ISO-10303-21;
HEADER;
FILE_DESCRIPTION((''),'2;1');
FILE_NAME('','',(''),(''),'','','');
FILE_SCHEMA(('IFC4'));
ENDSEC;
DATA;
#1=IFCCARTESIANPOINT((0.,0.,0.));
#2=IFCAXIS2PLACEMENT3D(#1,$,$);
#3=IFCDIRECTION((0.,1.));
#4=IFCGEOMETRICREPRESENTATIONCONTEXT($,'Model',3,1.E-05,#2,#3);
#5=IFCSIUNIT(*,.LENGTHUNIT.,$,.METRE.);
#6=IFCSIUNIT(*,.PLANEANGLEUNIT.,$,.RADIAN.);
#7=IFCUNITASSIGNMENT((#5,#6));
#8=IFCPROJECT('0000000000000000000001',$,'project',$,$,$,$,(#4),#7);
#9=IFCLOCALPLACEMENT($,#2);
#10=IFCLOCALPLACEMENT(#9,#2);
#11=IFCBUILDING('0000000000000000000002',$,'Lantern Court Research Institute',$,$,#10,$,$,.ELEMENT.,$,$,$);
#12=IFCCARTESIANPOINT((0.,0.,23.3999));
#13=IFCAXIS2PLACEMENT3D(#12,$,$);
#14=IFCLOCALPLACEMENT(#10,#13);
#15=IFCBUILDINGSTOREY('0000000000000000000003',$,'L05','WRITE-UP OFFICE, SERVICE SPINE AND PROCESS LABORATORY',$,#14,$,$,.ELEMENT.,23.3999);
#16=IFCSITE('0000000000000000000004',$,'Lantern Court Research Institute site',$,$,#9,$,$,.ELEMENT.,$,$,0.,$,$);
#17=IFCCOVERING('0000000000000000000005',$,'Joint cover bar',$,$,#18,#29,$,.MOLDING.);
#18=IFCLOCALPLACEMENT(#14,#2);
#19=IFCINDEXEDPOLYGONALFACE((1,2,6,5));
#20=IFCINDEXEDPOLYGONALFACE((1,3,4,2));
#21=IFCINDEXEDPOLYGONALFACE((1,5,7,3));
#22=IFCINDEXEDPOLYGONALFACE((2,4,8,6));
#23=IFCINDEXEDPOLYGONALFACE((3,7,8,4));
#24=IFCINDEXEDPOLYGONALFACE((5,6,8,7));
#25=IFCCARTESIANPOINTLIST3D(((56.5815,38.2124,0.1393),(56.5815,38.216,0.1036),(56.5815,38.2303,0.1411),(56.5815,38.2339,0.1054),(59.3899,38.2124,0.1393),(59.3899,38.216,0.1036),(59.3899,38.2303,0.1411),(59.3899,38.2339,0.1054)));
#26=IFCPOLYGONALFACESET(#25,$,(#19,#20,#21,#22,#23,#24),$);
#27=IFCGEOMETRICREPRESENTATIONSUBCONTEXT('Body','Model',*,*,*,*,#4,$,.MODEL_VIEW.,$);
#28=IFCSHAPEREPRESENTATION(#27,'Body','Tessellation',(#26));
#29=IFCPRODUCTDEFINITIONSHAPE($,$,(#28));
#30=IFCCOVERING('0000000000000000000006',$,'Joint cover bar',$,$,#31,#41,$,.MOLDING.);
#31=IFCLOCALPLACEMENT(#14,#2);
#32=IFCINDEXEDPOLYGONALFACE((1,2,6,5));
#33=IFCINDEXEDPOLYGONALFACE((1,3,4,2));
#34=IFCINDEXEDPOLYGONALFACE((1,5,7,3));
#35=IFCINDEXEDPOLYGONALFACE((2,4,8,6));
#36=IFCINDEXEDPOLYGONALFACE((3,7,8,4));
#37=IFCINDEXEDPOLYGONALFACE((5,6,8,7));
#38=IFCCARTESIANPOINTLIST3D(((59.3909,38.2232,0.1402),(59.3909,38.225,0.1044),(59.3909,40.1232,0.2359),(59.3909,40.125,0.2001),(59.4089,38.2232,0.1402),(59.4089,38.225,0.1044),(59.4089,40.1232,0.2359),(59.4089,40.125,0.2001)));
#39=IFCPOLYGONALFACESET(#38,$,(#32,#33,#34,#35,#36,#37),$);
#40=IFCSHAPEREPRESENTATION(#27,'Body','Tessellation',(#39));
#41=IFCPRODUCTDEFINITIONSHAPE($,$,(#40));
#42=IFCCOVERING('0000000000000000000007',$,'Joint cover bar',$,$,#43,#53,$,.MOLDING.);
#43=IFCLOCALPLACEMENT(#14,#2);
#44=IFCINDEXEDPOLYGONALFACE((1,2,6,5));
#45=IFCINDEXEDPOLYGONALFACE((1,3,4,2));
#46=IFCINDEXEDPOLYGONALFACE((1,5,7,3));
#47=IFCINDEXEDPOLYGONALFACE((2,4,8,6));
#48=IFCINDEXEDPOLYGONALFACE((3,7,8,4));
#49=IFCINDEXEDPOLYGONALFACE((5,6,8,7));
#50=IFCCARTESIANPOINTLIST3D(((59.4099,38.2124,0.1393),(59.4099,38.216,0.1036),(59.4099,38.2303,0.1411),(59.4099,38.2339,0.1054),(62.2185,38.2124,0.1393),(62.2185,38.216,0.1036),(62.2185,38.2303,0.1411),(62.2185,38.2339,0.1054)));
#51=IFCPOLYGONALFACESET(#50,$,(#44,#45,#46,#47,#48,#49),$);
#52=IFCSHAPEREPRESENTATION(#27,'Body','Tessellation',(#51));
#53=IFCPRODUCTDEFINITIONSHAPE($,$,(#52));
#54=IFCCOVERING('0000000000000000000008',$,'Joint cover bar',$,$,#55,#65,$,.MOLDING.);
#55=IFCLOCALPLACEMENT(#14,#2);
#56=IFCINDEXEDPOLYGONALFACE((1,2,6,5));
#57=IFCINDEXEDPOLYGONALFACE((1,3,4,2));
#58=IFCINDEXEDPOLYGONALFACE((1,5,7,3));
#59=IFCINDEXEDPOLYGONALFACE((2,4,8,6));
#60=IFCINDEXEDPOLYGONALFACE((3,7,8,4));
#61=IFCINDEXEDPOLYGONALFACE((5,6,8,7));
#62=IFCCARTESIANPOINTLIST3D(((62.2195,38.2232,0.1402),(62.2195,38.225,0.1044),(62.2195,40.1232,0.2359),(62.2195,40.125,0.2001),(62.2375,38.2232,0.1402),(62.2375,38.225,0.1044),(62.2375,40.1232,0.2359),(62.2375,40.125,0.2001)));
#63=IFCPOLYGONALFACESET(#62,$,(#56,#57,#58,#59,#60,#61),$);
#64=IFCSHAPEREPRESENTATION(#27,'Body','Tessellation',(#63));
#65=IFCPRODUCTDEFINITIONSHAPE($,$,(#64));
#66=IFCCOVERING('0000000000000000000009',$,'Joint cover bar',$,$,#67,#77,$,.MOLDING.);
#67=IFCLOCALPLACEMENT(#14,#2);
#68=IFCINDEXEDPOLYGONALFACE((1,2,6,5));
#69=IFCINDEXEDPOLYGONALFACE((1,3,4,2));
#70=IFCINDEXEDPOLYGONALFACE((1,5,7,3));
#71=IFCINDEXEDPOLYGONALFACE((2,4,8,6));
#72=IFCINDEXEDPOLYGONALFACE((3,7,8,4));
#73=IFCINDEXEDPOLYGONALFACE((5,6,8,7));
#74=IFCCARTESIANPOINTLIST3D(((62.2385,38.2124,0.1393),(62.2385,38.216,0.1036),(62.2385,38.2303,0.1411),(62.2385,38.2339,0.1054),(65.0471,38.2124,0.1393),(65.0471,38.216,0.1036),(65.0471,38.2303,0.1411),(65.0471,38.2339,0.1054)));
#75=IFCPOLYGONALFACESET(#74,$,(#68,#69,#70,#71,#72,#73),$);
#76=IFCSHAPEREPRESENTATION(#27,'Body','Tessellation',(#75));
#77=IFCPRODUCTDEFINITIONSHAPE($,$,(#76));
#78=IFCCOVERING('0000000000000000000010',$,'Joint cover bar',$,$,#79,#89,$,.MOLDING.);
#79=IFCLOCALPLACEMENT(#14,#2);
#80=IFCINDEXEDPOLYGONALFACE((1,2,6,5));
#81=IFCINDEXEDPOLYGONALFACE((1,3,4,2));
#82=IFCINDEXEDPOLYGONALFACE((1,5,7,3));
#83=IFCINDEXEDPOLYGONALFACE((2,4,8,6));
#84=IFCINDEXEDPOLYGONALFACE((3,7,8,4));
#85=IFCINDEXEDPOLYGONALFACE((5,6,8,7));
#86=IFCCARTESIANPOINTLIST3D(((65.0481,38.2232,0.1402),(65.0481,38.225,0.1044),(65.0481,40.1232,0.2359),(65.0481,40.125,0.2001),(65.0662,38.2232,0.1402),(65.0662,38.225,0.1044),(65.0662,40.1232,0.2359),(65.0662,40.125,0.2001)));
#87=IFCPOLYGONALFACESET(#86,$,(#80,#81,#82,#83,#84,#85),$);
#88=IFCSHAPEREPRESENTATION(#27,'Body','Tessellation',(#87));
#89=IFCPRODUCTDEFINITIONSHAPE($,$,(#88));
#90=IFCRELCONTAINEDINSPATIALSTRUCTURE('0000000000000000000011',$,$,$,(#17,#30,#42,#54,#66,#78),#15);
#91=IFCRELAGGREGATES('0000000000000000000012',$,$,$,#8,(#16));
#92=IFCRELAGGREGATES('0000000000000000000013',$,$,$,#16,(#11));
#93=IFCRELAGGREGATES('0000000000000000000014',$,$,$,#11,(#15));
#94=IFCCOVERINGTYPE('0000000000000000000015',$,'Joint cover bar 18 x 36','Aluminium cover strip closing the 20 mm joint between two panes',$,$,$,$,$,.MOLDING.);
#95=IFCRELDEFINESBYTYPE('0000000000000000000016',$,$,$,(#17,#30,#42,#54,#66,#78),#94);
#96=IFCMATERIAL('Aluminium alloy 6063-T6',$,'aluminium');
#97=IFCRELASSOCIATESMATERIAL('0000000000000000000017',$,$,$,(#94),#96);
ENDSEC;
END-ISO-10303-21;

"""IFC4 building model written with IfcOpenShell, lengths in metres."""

from ifc_helpers import new_model, si_unit, direction, frame, origin, origin_2d, place, context, subcontext, project, spatial, rectangle, extrude, material, material_profile, profile_set, type_object, element, save


model = new_model("IFC4")

# Units and contexts
model_context = context("Model", 3, precision=1e-05, world=origin(), true_north=direction((0.0, 1.0)))
body_context = subcontext(model_context, "Body", "Model", "MODEL_VIEW")
ifc_project = project(units=[si_unit("LENGTHUNIT", "METRE"), si_unit("PLANEANGLEUNIT", "RADIAN")], contexts=[model_context])

# Site, building, storey
site_placement = place(None, origin())
site = spatial("IfcSite", under=ifc_project, at=site_placement, Name="Lantern Court Research Institute site", CompositionType="ELEMENT", RefElevation=0.0)
building_placement = place(site_placement, origin())
building = spatial("IfcBuilding", under=site, at=building_placement, Name="Lantern Court Research Institute", CompositionType="ELEMENT")
storey_placement = place(building_placement, frame((0.0, 0.0, 23.3999)))
storey = spatial("IfcBuildingStorey", under=building, at=storey_placement, Name="L05", Description="WRITE-UP OFFICE, SERVICE SPINE AND PROCESS LABORATORY", CompositionType="ELEMENT", Elevation=23.3999)

# Coverings
ifc_material_1 = material(Name="Aluminium alloy 6063-T6", Category="aluminium")
ifc_material_profile_1 = material_profile(ifc_material_1, rectangle(XDim=0.0181, YDim=0.0359, at=origin_2d()), Name="Joint cover bar 18 x 36")
ifc_profile_set_1 = profile_set([ifc_material_profile_1], Name="Aluminium alloy 6063-T6")
covering_type_1 = type_object("IfcCoveringType", Name="Joint cover bar 18 x 36", Description="Aluminium cover strip closing the 20 mm joint between two panes", PredefinedType="MOLDING", material=ifc_profile_set_1)
covering_1_placement = place(storey_placement, frame((56.5815, 38.2231, 0.1223), z_axis=(1.0, 0.0, 0.0), x_axis=(0.0, 0.994934, 0.100531)))
element("IfcCovering", 1, at=covering_1_placement, inside=storey, type_object=covering_type_1, Name="Joint cover bar", PredefinedType="MOLDING", context=body_context, shape_type="SweptSolid", body=[
    extrude(rectangle(XDim=0.0181, YDim=0.0359, at=origin_2d()), origin(), (0.0, 0.0, 1.0), 2.8083),
])
covering_2_placement = place(storey_placement, frame((59.3999, 38.2241, 0.1223), z_axis=(0.0, 0.998734, 0.050309), x_axis=(-1.0, 0.0, 0.0)))
element("IfcCovering", 2, at=covering_2_placement, inside=storey, type_object=covering_type_1, Name="Joint cover bar", PredefinedType="MOLDING", context=body_context, shape_type="SweptSolid", body=[
    extrude(rectangle(XDim=0.0181, YDim=0.0359, at=origin_2d()), origin(), (0.0, 0.0, 1.0), 1.9023),
])
covering_3_placement = place(storey_placement, frame((59.4099, 38.2231, 0.1223), z_axis=(1.0, 0.0, 0.0), x_axis=(0.0, 0.994934, 0.100531)))
element("IfcCovering", 3, at=covering_3_placement, inside=storey, type_object=covering_type_1, Name="Joint cover bar", PredefinedType="MOLDING", context=body_context, shape_type="SweptSolid", body=[
    extrude(rectangle(XDim=0.0181, YDim=0.0359, at=origin_2d()), origin(), (0.0, 0.0, 1.0), 2.8086),
])
covering_4_placement = place(storey_placement, frame((62.2285, 38.2241, 0.1223), z_axis=(0.0, 0.998734, 0.050309), x_axis=(-1.0, 0.0, 0.0)))
element("IfcCovering", 4, at=covering_4_placement, inside=storey, type_object=covering_type_1, Name="Joint cover bar", PredefinedType="MOLDING", context=body_context, shape_type="SweptSolid", body=[
    extrude(rectangle(XDim=0.0181, YDim=0.0359, at=origin_2d()), origin(), (0.0, 0.0, 1.0), 1.9023),
])
covering_5_placement = place(storey_placement, frame((62.2385, 38.2231, 0.1223), z_axis=(1.0, 0.0, 0.0), x_axis=(0.0, 0.994934, 0.100531)))
element("IfcCovering", 5, at=covering_5_placement, inside=storey, type_object=covering_type_1, Name="Joint cover bar", PredefinedType="MOLDING", context=body_context, shape_type="SweptSolid", body=[
    extrude(rectangle(XDim=0.0181, YDim=0.0359, at=origin_2d()), origin(), (0.0, 0.0, 1.0), 2.8086),
])
covering_6_placement = place(storey_placement, frame((65.0571, 38.2241, 0.1223), z_axis=(0.0, 0.998734, 0.050309), x_axis=(-1.0, 0.0, 0.0)))
element("IfcCovering", 6, at=covering_6_placement, inside=storey, type_object=covering_type_1, Name="Joint cover bar", PredefinedType="MOLDING", context=body_context, shape_type="SweptSolid", body=[
    extrude(rectangle(XDim=0.0181, YDim=0.0359, at=origin_2d()), origin(), (0.0, 0.0, 1.0), 1.9023),
])

save(model, "model.ifc")
